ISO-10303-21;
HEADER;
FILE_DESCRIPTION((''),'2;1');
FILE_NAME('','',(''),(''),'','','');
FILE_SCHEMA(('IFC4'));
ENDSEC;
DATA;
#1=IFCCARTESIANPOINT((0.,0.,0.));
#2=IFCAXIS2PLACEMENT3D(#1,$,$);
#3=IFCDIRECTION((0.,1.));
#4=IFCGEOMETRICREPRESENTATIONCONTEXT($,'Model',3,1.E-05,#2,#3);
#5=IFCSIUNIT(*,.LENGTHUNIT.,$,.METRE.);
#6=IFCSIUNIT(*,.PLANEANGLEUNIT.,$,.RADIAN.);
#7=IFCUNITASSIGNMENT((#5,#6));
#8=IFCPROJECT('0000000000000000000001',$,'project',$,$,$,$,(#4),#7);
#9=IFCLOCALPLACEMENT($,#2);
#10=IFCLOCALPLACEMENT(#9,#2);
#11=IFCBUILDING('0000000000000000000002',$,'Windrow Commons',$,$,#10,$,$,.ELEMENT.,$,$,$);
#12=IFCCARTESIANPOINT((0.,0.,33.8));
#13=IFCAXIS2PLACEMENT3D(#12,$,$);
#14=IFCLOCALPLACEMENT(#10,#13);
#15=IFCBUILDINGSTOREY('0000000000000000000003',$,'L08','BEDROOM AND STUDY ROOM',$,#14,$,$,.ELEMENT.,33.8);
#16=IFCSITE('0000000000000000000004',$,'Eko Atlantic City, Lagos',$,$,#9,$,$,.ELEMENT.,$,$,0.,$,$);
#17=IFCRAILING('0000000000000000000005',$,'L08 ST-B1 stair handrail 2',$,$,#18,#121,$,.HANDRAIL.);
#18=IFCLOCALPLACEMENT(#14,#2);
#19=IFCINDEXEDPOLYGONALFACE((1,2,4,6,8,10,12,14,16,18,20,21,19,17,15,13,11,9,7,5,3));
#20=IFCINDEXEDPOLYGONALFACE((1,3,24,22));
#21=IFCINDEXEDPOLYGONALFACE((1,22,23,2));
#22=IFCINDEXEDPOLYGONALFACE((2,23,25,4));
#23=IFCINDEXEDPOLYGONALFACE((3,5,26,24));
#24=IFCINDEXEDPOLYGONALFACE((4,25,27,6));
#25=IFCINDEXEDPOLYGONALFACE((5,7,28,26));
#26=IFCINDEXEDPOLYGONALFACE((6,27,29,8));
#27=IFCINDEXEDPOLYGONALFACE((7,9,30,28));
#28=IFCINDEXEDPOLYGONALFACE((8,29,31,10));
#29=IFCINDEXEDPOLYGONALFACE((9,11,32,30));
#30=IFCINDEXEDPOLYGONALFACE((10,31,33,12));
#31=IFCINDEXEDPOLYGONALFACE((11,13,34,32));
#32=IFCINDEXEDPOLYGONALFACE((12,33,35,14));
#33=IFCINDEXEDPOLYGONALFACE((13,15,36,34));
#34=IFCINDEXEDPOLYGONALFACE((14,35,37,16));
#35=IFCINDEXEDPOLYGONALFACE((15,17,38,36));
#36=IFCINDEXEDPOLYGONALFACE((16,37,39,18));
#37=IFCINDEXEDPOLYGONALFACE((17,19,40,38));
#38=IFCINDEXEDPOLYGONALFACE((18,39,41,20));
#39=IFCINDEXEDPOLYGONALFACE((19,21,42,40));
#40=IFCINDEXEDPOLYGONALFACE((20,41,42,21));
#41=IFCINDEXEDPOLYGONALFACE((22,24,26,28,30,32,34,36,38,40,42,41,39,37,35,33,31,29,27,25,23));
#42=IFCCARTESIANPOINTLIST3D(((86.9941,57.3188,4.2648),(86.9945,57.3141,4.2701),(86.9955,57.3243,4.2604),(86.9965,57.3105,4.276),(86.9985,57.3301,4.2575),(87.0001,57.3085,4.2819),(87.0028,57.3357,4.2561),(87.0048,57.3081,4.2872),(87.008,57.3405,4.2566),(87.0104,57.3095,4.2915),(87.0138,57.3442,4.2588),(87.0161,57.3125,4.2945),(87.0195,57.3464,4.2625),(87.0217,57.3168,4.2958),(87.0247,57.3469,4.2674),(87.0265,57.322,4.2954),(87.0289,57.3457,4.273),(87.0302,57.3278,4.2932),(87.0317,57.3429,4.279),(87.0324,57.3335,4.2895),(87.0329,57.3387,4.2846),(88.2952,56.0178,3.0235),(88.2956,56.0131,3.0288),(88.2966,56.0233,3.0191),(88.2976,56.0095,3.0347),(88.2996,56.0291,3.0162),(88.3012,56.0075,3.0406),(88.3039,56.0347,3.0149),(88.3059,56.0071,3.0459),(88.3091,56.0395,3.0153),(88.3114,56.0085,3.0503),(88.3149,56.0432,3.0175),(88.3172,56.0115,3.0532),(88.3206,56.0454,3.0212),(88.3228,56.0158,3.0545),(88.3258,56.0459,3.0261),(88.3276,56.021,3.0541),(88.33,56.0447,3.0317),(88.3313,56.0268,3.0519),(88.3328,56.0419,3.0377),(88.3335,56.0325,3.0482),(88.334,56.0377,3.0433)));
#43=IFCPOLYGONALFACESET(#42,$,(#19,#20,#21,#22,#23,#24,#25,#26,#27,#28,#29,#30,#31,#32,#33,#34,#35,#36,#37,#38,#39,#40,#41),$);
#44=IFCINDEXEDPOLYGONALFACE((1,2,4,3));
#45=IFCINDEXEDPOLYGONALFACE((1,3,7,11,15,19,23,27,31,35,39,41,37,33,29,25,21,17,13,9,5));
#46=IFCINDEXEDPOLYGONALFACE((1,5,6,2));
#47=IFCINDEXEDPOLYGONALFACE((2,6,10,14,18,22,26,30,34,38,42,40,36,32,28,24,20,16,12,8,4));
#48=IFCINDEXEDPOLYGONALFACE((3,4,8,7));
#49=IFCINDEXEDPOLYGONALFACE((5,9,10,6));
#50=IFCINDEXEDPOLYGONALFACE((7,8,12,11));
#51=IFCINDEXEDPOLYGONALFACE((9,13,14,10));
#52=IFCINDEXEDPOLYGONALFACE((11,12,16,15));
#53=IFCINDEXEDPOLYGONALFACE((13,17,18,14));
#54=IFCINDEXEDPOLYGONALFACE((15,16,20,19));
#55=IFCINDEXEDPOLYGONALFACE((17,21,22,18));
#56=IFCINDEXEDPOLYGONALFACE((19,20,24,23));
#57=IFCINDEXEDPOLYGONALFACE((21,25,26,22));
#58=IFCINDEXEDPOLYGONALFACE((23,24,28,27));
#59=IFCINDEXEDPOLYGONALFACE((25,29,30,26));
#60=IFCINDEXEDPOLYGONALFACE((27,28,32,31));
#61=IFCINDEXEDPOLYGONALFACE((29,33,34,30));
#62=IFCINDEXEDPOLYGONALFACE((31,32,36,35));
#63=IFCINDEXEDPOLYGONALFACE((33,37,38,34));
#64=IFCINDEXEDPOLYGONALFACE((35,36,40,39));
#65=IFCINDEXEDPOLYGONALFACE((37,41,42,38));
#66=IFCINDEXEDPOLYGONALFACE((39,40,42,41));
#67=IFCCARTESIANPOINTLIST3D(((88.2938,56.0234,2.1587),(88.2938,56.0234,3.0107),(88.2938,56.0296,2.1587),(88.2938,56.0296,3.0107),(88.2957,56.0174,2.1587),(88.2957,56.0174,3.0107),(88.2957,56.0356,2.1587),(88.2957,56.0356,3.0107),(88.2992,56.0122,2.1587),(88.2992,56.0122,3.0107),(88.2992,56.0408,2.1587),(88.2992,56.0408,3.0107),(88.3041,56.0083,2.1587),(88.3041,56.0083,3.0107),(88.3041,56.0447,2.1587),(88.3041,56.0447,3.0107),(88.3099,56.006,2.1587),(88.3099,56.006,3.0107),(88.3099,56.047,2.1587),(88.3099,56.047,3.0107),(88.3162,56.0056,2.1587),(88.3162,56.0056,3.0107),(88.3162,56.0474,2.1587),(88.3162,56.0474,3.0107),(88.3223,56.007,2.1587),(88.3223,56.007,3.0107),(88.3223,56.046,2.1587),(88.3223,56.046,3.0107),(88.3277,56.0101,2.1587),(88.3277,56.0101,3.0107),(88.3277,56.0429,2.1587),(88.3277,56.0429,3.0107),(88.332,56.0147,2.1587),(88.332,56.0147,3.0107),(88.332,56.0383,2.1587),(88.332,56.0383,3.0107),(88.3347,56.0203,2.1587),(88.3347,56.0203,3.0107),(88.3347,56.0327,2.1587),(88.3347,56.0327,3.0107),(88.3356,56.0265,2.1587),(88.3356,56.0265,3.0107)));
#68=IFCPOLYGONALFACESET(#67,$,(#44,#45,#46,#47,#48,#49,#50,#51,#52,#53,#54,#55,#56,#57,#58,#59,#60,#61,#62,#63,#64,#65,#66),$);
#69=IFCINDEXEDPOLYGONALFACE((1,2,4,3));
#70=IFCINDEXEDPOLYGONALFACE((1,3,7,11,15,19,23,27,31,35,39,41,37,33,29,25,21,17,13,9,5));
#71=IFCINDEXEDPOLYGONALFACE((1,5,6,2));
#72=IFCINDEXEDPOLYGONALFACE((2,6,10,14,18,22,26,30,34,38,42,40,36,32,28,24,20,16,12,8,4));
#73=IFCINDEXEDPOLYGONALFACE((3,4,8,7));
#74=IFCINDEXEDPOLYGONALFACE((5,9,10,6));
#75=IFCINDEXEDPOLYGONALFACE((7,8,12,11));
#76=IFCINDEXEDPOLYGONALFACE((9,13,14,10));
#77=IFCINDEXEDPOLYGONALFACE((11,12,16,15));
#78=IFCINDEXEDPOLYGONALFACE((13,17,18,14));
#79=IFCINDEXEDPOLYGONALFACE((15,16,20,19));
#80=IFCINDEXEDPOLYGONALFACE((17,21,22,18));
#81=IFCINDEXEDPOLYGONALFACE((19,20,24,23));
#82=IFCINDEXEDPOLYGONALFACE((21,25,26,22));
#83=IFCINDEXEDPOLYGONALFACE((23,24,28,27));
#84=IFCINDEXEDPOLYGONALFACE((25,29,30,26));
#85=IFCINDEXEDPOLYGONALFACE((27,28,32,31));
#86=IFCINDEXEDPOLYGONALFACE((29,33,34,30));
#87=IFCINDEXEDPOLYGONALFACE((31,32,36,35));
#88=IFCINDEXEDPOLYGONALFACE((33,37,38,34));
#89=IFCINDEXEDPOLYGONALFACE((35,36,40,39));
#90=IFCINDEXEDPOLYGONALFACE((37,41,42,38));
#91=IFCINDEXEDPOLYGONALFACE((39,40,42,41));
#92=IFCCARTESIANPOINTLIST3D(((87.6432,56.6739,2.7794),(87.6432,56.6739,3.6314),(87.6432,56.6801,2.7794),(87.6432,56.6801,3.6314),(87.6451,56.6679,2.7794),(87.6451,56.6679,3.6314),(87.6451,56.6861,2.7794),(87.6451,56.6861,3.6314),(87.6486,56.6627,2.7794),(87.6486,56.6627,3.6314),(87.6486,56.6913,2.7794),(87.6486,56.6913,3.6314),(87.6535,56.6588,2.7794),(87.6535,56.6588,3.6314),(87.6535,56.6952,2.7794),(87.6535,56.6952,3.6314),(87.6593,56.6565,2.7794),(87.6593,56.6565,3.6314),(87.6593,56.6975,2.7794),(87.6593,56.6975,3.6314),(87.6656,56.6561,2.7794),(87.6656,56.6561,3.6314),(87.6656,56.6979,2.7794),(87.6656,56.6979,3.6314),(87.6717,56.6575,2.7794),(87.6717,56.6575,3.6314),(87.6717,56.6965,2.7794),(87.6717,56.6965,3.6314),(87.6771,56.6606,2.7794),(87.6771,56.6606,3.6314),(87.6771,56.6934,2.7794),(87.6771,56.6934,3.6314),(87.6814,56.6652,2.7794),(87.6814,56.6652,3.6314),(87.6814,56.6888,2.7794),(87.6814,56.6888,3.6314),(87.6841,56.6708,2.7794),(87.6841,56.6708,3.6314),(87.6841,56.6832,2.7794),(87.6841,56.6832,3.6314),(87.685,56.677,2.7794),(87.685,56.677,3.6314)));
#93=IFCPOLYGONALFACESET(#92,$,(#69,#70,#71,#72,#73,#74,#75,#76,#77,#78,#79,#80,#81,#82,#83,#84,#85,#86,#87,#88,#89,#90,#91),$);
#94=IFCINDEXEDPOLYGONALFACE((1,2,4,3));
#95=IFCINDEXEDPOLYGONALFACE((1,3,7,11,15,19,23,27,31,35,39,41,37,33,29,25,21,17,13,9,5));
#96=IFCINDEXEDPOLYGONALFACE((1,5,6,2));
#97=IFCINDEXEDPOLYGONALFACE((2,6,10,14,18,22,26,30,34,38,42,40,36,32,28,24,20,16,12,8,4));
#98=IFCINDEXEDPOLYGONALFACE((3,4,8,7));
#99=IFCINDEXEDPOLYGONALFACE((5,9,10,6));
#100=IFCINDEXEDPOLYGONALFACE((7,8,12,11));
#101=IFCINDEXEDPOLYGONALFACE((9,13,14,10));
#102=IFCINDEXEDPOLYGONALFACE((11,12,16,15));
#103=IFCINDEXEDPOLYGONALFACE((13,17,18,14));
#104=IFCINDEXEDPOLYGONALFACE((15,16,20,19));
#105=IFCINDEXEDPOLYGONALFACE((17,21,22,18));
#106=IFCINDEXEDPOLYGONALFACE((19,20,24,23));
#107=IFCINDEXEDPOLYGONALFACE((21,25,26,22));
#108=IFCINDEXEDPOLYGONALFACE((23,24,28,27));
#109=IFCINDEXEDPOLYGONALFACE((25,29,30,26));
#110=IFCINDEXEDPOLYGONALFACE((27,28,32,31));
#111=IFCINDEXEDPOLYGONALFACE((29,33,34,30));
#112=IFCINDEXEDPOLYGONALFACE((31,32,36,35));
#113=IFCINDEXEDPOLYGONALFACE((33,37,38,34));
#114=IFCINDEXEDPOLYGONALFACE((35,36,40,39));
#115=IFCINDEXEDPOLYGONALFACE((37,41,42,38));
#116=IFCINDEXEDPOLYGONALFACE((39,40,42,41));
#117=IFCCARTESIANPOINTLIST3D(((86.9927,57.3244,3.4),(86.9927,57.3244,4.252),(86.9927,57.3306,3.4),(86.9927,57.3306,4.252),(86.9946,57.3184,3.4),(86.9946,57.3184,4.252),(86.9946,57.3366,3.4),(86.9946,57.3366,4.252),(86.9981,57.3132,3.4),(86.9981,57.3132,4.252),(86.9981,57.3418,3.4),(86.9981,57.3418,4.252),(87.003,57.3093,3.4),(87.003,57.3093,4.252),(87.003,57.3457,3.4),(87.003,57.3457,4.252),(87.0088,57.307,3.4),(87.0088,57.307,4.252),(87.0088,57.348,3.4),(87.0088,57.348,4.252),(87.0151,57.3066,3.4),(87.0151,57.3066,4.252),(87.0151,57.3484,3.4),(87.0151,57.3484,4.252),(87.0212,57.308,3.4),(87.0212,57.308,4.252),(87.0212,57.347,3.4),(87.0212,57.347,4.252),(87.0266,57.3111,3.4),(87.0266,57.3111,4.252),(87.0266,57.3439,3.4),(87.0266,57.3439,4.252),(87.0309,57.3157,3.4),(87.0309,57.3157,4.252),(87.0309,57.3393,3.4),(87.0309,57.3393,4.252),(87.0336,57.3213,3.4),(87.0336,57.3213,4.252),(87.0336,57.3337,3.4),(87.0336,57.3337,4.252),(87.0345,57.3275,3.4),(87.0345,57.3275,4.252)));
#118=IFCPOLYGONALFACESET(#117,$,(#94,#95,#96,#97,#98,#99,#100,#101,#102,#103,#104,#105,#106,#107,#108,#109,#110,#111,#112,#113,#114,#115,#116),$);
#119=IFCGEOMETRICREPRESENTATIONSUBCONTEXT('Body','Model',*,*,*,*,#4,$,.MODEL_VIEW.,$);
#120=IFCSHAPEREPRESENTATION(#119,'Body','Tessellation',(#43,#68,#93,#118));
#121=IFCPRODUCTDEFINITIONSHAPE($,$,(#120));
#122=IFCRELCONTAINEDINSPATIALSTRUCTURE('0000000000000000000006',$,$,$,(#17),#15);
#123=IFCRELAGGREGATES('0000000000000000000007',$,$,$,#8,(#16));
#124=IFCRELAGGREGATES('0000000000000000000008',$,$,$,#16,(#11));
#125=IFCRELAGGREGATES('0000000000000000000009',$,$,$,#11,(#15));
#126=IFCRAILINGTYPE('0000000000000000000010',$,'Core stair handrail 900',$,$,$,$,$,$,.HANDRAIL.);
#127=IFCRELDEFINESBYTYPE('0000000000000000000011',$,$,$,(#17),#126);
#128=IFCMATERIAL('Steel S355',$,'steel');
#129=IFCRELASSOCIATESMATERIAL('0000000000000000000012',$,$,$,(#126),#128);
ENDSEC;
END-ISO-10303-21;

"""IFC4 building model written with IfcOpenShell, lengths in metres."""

from ifc_helpers import new_model, si_unit, direction, frame, origin, origin_2d, place, context, subcontext, project, spatial, circle, extrude, material, type_object, element, save


model = new_model("IFC4")

# Units and contexts
model_context = context("Model", 3, precision=1e-05, world=origin(), true_north=direction((0.0, 1.0)))
body_context = subcontext(model_context, "Body", "Model", "MODEL_VIEW")
ifc_project = project(units=[si_unit("LENGTHUNIT", "METRE"), si_unit("PLANEANGLEUNIT", "RADIAN")], contexts=[model_context])

# Site, building, storey
site_placement = place(None, origin())
site = spatial("IfcSite", under=ifc_project, at=site_placement, Name="Eko Atlantic City, Lagos", CompositionType="ELEMENT", RefElevation=0.0)
building_placement = place(site_placement, origin())
building = spatial("IfcBuilding", under=site, at=building_placement, Name="Windrow Commons", CompositionType="ELEMENT")
storey_placement = place(building_placement, frame((0.0, 0.0, 33.8)))
storey = spatial("IfcBuildingStorey", under=building, at=storey_placement, Name="L08", Description="BEDROOM AND STUDY ROOM", CompositionType="ELEMENT", Elevation=33.8)

# Railing
ifc_material_1 = material(Name="Steel S355", Category="steel")
railing_type_1 = type_object("IfcRailingType", Name="Core stair handrail 900", PredefinedType="HANDRAIL", material=ifc_material_1)
railing_1_placement = place(storey_placement, frame((88.3146, 56.0265, 2.1587)))
element("IfcRailing", 1, at=railing_1_placement, inside=storey, type_object=railing_type_1, Name="L08 ST-B1 stair handrail 2", PredefinedType="HANDRAIL", context=body_context, shape_type="SweptSolid", body=[
    extrude(circle(Radius=0.024, at=origin_2d()), frame((0.0, 0.0, 0.876), z_axis=(-0.586207, 0.586162, 0.559264), x_axis=(-0.70708, -0.707134, 0.0)), (0.0, 0.0, 1.0), 2.2195),
    extrude(circle(Radius=0.021, at=origin_2d()), origin(), (0.0, 0.0, 1.0), 0.852),
    extrude(circle(Radius=0.021, at=origin_2d()), frame((-0.6506, 0.6505, 0.6207)), (0.0, 0.0, 1.0), 0.852),
    extrude(circle(Radius=0.021, at=origin_2d()), frame((-1.3011, 1.301, 1.2413)), (0.0, 0.0, 1.0), 0.852),
])

save(model, "model.ifc")
